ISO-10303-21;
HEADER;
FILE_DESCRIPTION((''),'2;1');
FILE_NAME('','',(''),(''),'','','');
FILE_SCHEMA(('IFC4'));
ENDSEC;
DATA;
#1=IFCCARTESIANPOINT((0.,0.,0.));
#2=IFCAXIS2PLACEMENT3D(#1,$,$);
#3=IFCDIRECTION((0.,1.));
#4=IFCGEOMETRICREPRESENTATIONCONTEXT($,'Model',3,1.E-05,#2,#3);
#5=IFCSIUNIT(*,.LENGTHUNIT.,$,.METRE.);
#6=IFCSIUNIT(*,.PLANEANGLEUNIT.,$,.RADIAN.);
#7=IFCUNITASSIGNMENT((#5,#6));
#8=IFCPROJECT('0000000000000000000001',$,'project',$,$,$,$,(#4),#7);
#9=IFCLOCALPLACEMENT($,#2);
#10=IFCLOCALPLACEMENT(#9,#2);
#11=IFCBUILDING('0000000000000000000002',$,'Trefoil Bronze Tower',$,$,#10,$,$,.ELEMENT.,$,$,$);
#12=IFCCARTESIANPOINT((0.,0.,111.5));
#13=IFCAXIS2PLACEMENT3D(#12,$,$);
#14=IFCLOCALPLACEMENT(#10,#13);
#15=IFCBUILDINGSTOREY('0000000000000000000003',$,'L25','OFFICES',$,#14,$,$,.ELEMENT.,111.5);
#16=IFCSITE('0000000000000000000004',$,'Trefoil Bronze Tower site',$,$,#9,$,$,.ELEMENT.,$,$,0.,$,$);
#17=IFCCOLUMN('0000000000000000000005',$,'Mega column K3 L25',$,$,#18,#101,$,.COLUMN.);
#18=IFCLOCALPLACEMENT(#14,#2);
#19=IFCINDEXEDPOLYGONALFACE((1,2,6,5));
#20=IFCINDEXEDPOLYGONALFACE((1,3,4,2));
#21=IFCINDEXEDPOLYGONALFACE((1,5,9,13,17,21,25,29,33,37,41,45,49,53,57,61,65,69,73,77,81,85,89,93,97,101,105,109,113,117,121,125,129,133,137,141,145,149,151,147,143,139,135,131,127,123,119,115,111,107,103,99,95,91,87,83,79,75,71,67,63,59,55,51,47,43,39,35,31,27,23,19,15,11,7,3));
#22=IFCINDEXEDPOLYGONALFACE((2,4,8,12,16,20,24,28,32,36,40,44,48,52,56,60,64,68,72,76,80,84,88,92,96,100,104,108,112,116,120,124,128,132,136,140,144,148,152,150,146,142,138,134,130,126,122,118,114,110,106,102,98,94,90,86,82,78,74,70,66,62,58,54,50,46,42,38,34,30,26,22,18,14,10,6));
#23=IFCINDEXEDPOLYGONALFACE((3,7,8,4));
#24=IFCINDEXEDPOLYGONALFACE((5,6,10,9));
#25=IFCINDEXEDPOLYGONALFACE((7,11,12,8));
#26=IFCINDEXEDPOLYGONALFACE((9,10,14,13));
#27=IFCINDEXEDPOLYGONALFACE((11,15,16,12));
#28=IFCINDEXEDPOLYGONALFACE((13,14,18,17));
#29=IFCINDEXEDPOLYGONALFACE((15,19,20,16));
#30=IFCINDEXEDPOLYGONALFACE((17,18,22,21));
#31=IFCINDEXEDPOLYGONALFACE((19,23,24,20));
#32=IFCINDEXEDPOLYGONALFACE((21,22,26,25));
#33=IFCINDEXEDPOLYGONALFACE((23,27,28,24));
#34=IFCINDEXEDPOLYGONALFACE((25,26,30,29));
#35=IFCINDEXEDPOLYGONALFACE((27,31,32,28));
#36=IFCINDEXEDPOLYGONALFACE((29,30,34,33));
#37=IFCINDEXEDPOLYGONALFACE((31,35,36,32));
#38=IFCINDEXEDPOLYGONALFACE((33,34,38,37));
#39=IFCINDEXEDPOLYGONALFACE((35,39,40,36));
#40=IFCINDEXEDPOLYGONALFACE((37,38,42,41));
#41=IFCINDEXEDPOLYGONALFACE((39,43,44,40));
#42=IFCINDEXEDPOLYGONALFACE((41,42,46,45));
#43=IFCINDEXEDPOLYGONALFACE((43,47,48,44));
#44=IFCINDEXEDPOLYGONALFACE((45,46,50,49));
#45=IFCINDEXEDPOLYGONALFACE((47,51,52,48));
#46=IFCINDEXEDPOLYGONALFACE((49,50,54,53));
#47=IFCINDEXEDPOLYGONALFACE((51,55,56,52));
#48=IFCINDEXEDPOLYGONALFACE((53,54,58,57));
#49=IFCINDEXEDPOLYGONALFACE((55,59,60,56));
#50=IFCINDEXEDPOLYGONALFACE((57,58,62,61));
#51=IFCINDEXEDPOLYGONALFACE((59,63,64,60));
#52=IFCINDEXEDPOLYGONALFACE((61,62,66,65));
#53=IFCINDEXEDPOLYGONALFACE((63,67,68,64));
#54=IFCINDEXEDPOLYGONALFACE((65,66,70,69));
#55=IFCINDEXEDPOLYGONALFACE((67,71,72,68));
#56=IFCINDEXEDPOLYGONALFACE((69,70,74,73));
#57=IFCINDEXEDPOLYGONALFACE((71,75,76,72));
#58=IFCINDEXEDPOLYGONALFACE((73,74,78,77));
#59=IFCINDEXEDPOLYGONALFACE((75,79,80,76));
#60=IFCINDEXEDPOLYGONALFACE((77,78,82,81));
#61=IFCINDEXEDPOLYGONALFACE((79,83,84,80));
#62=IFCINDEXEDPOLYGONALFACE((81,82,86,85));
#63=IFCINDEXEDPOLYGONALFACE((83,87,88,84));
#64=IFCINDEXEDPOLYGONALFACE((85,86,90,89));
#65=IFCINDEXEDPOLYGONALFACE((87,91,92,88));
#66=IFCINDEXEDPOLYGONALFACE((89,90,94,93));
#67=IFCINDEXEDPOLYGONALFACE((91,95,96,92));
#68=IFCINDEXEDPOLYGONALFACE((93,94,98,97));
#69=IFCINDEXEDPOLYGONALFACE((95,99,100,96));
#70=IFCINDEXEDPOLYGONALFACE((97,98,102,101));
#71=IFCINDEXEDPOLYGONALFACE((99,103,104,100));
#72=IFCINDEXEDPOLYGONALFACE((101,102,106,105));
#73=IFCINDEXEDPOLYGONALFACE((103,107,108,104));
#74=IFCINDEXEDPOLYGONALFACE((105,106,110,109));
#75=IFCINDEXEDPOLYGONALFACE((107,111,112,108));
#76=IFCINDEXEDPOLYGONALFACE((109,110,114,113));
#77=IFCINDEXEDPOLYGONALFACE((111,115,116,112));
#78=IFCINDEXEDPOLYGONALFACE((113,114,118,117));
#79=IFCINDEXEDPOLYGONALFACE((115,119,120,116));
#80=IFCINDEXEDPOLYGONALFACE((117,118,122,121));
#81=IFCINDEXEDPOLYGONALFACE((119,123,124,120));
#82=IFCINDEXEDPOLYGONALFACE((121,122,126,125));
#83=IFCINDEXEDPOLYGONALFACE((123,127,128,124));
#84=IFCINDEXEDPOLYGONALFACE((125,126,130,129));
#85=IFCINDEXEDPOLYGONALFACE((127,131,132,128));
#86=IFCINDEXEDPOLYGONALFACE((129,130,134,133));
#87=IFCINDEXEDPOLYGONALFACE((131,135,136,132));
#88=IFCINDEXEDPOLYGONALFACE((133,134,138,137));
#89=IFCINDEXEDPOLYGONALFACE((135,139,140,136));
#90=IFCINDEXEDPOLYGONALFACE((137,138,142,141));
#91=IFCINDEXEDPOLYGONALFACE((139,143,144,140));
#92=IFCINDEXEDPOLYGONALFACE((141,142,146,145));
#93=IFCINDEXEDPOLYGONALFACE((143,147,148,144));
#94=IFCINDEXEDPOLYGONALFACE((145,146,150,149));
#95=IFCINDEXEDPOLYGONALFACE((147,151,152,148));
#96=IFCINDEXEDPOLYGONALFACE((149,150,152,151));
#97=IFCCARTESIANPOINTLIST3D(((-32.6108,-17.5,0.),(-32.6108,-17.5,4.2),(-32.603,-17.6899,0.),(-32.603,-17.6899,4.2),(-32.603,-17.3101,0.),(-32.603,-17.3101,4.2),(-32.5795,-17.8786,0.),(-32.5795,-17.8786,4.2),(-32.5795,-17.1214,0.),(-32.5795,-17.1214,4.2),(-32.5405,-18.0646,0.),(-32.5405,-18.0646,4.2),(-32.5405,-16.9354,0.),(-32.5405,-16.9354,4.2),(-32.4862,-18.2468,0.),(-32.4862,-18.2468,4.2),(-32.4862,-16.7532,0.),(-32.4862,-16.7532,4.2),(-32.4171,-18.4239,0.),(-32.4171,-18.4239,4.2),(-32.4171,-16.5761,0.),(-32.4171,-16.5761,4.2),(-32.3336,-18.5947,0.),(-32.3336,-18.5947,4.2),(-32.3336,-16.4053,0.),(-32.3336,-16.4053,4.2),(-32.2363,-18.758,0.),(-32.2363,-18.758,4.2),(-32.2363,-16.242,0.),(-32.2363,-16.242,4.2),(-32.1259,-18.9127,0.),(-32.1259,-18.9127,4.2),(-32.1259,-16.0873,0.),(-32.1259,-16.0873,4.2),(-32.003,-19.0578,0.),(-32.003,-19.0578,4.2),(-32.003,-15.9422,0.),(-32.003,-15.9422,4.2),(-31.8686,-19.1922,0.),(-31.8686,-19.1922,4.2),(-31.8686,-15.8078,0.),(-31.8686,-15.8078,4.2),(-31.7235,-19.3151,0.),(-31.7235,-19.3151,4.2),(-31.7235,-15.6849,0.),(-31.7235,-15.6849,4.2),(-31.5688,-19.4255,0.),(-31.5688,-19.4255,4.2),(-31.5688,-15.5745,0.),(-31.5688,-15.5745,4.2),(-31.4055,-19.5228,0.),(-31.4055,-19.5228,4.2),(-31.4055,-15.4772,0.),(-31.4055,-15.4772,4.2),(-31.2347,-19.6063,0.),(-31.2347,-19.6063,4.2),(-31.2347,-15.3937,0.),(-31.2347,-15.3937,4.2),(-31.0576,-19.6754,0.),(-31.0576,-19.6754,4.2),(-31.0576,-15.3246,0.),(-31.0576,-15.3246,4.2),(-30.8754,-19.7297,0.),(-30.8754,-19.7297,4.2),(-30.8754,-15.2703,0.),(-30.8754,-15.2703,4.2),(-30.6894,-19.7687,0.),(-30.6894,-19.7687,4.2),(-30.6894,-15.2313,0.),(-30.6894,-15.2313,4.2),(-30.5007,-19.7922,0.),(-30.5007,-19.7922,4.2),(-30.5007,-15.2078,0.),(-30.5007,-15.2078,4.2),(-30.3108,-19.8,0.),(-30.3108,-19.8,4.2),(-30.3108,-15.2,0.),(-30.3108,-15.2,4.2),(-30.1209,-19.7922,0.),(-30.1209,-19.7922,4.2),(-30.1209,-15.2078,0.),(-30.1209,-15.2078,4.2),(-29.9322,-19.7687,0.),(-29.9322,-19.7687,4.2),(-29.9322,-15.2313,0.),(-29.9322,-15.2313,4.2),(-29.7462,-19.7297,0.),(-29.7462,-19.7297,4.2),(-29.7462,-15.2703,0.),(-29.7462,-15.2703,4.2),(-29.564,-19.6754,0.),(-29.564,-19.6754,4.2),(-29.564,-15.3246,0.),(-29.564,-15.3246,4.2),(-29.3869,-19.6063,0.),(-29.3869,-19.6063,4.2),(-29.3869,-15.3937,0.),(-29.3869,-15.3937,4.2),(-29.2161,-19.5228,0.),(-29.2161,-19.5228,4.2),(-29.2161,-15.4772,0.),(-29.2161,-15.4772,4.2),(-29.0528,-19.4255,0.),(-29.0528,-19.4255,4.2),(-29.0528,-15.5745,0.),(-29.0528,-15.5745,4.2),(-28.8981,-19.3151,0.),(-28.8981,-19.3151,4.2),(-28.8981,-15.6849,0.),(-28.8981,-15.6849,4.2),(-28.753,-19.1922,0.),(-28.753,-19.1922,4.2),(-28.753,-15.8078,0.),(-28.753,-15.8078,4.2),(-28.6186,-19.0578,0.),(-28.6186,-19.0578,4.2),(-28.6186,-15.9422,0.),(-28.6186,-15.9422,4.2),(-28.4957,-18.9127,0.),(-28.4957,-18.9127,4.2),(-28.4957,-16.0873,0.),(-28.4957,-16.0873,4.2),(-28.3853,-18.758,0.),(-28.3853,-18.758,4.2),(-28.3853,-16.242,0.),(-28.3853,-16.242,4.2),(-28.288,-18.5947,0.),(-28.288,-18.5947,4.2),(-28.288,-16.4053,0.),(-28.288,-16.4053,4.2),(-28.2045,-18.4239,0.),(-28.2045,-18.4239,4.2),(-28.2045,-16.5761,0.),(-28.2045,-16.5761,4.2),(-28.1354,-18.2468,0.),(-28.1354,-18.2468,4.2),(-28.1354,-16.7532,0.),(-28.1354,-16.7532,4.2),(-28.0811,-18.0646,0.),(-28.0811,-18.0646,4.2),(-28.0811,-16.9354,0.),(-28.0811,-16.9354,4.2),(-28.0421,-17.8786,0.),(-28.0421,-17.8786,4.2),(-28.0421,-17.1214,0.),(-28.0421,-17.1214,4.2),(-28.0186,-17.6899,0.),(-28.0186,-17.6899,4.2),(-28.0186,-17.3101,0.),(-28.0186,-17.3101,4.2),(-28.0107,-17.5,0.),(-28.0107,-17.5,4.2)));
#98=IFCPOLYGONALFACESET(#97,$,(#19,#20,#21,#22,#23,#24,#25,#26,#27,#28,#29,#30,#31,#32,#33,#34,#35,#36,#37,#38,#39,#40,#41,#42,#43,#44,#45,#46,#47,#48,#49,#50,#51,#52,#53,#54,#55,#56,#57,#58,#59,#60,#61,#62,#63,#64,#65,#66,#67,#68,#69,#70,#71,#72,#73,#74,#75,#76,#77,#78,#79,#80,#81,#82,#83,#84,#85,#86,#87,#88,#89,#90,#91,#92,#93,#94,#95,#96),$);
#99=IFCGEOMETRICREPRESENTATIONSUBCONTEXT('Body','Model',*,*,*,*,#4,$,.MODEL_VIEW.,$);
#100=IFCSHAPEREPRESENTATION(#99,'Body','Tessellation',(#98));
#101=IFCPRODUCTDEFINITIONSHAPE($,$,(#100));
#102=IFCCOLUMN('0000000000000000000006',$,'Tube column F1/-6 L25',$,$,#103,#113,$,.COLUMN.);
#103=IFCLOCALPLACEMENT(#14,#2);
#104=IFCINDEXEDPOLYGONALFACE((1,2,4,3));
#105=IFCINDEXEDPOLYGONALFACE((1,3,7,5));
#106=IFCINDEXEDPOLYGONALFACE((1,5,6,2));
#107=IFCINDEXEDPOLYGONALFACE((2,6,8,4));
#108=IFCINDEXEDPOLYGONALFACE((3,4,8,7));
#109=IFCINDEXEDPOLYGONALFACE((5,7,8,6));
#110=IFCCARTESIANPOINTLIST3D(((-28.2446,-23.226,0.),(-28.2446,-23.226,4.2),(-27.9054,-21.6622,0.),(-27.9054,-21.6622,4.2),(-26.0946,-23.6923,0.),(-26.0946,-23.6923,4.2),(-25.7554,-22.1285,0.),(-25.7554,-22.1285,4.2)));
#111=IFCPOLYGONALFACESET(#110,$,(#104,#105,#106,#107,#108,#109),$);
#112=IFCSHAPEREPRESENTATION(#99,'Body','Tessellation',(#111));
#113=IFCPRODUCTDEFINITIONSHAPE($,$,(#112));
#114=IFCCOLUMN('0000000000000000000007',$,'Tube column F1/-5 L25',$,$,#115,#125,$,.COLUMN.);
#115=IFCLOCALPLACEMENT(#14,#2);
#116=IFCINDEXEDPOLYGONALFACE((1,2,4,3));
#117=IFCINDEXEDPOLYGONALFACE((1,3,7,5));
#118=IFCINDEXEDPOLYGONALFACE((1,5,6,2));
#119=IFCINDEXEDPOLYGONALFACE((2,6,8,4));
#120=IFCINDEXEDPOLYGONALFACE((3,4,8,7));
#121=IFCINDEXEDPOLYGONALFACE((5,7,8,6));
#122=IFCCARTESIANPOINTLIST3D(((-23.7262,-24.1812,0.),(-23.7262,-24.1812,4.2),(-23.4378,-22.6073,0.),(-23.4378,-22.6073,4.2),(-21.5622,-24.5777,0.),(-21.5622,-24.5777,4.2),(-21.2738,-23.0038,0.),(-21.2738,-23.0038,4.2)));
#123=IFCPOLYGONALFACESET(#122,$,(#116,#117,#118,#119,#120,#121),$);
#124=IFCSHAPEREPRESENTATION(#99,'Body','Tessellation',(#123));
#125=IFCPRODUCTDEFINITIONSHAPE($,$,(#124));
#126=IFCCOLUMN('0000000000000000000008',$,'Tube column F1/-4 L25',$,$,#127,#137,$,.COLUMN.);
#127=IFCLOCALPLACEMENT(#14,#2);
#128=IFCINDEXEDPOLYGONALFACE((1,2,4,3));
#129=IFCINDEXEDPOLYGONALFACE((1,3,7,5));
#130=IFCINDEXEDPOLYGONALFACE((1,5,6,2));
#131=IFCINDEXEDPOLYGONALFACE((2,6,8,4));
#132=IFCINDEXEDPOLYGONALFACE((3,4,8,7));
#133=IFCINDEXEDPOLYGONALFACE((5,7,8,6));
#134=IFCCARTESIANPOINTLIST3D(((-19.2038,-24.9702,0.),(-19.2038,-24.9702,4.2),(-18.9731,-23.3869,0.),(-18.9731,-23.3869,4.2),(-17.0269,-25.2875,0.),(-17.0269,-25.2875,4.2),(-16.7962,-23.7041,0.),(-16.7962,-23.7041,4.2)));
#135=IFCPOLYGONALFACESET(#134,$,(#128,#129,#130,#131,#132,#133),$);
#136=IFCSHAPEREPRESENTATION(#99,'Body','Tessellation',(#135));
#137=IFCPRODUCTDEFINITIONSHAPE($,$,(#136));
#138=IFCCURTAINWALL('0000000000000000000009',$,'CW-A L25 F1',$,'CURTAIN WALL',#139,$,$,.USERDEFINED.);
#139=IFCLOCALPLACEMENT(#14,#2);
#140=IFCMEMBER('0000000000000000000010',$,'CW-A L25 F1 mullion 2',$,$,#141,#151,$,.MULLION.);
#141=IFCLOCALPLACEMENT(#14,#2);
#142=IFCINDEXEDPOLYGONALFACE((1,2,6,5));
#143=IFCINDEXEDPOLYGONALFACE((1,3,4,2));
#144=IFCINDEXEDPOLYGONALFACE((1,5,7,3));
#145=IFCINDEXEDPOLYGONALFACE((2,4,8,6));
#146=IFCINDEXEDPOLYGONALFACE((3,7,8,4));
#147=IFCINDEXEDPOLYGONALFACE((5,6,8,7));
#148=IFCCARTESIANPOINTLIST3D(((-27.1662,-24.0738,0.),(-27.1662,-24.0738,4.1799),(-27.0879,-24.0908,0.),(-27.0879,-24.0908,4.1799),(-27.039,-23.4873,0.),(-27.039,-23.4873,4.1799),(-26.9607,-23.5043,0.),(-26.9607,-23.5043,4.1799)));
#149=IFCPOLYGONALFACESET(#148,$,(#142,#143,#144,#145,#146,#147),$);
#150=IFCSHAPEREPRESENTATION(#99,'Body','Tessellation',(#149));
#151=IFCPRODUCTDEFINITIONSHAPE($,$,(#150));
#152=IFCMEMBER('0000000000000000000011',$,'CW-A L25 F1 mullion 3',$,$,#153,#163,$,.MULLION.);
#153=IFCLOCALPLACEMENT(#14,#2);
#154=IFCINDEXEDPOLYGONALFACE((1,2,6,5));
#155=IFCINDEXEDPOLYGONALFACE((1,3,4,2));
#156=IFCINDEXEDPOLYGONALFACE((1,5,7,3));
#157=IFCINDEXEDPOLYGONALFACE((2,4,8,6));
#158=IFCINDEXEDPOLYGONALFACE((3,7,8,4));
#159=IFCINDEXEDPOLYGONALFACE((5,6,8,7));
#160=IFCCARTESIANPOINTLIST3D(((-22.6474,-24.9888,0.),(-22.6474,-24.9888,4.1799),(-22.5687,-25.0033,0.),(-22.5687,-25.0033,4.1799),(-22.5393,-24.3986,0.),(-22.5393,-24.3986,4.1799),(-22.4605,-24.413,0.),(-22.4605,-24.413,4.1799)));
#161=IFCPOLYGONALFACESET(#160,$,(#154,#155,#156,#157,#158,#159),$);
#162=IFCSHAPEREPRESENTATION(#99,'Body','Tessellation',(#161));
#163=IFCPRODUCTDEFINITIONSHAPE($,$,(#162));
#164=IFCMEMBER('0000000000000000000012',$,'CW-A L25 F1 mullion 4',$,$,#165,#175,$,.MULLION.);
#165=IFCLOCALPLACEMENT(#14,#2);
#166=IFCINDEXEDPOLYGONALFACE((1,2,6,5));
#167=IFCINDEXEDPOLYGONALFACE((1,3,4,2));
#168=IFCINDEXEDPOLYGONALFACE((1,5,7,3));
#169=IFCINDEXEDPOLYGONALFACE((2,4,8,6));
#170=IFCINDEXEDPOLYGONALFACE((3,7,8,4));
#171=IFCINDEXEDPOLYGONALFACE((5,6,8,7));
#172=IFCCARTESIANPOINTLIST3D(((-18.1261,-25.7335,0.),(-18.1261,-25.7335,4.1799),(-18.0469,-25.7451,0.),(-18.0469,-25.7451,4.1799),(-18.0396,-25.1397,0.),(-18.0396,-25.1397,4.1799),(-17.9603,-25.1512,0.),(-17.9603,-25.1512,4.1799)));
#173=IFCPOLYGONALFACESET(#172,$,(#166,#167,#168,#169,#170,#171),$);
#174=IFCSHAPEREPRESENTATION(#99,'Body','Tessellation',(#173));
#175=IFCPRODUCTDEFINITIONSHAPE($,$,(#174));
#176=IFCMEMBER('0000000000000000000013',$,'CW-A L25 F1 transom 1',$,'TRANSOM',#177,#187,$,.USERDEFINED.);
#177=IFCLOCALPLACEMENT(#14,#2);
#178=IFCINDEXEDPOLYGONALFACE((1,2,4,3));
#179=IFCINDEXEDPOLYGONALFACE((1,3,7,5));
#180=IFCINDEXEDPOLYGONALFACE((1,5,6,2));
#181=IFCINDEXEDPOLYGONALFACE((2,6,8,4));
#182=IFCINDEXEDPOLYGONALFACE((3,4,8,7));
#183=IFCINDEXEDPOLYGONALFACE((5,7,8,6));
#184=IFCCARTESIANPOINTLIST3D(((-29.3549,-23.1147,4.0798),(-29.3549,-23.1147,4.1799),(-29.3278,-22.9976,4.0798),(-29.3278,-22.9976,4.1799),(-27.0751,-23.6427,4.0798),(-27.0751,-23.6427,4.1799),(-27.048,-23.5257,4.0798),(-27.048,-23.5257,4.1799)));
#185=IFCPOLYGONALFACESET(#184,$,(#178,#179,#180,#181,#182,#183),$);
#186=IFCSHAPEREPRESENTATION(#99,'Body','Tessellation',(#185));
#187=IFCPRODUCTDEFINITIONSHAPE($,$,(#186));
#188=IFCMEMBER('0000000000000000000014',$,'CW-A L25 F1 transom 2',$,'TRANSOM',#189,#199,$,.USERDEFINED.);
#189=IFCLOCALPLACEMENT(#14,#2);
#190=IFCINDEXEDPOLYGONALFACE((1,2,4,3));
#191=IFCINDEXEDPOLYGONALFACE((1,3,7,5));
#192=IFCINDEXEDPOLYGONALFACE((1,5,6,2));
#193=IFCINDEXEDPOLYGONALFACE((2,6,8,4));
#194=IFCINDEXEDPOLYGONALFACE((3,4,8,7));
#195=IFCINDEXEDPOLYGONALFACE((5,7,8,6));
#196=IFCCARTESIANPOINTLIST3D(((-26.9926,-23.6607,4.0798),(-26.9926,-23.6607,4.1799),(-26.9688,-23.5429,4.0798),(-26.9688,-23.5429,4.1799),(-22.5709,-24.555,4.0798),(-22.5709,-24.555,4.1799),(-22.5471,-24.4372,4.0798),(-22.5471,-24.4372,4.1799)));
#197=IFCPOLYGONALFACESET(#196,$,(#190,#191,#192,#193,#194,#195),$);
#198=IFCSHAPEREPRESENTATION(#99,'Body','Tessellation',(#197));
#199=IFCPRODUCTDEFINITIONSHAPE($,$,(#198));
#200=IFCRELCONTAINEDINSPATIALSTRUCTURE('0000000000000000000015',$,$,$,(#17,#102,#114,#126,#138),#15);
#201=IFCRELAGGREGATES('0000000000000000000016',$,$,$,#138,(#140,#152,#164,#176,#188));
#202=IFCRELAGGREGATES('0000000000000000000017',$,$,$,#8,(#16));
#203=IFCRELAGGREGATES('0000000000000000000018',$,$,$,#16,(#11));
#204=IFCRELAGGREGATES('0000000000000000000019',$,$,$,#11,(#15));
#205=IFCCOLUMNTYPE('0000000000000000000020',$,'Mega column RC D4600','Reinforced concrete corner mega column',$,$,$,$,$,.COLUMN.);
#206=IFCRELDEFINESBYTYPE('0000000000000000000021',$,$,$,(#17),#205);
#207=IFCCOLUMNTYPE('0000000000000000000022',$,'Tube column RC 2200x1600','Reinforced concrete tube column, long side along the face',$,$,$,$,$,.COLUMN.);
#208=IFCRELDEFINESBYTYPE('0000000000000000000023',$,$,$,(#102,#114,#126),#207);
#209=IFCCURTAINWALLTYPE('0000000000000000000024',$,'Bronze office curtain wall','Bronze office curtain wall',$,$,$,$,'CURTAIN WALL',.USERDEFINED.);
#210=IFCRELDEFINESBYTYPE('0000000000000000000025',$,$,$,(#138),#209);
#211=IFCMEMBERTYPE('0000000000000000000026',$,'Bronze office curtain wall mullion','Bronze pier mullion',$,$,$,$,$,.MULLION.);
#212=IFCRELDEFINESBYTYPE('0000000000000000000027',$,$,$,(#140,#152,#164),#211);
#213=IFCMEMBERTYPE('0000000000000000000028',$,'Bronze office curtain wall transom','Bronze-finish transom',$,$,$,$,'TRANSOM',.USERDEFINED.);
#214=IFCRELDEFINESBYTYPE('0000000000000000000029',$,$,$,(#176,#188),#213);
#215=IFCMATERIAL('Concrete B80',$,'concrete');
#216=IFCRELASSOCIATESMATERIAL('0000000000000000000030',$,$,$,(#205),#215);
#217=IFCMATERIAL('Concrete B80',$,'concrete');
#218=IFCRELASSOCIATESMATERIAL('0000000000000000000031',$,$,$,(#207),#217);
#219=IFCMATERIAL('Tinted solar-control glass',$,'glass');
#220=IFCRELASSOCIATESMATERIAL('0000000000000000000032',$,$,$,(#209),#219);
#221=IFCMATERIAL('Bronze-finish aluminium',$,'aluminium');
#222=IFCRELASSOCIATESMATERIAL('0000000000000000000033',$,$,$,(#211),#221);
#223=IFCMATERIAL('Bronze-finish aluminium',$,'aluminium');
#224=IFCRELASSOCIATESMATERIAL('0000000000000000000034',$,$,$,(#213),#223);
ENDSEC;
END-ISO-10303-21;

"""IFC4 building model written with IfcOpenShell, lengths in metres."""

from ifc_helpers import new_model, si_unit, direction, frame, origin, origin_2d, place, context, subcontext, project, spatial, rectangle, circle, extrude, material, material_profile, profile_set, type_object, element, aggregate, save


model = new_model("IFC4")

# Units and contexts
model_context = context("Model", 3, precision=1e-05, world=origin(), true_north=direction((0.0, 1.0)))
body_context = subcontext(model_context, "Body", "Model", "MODEL_VIEW")
ifc_project = project(units=[si_unit("LENGTHUNIT", "METRE"), si_unit("PLANEANGLEUNIT", "RADIAN")], contexts=[model_context])

# Site, building, storey
site_placement = place(None, origin())
site = spatial("IfcSite", under=ifc_project, at=site_placement, Name="Trefoil Bronze Tower site", CompositionType="ELEMENT", RefElevation=0.0)
building_placement = place(site_placement, origin())
building = spatial("IfcBuilding", under=site, at=building_placement, Name="Trefoil Bronze Tower", CompositionType="ELEMENT")
storey_placement = place(building_placement, frame((0.0, 0.0, 111.5)))
storey = spatial("IfcBuildingStorey", under=building, at=storey_placement, Name="L25", Description="OFFICES", CompositionType="ELEMENT", Elevation=111.5)

# Columns
ifc_material_1 = material(Name="Concrete B80", Category="concrete")
ifc_material_profile_1 = material_profile(ifc_material_1, circle(Radius=2.3, at=origin_2d()), Name="RC D4600")
ifc_profile_set_1 = profile_set([ifc_material_profile_1], Name="Concrete B80")
column_type_1 = type_object("IfcColumnType", Name="Mega column RC D4600", Description="Reinforced concrete corner mega column", PredefinedType="COLUMN", material=ifc_profile_set_1)
column_placement = place(storey_placement, frame((-30.3108, -17.5, 0.0), z_axis=(0.0, 0.0, 1.0), x_axis=(1.0, 0.0, 0.0)))
element("IfcColumn", 1, at=column_placement, inside=storey, type_object=column_type_1, Name="Mega column K3 L25", PredefinedType="COLUMN", context=body_context, shape_type="SweptSolid", body=[
    extrude(circle(Radius=2.3, at=origin_2d()), origin(), (0.0, 0.0, 1.0), 4.2),
])
ifc_material_2 = material(Name="Concrete B80", Category="concrete")
ifc_material_profile_2 = material_profile(ifc_material_2, rectangle(XDim=2.2, YDim=1.6001, at=origin_2d()), Name="RC 2200x1600")
ifc_profile_set_2 = profile_set([ifc_material_profile_2], Name="Concrete B80")
column_type_2 = type_object("IfcColumnType", Name="Tube column RC 2200x1600", Description="Reinforced concrete tube column, long side along the face", PredefinedType="COLUMN", material=ifc_profile_set_2)
for number, where, z_axis, x_axis, name in (
    (2, (-27.0, -22.6772, 0.0), (0.0, 0.0, 1.0), (0.977276, -0.21197, 0.0), "Tube column F1/-6 L25"),
    (3, (-22.5, -23.5925, 0.0), (0.0, 0.0, 1.0), (0.983623, -0.180241, 0.0), "Tube column F1/-5 L25"),
    (4, (-18.0, -24.3372, 0.0), (0.0, 0.0, 1.0), (0.98955, -0.144192, 0.0), "Tube column F1/-4 L25"),
):
    element("IfcColumn", number, at=place(storey_placement, frame(where, z_axis=z_axis, x_axis=x_axis)), inside=storey, type_object=column_type_2, Name=name, PredefinedType="COLUMN", context=body_context, shape_type="SweptSolid", body=[
        extrude(rectangle(XDim=2.2, YDim=1.6001, at=origin_2d()), origin(), (0.0, 0.0, 1.0), 4.2),
    ])

# Curtain wall, members
ifc_material_3 = material(Name="Tinted solar-control glass", Category="glass")
curtain_wall_type_1 = type_object("IfcCurtainWallType", Name="Bronze office curtain wall", Description="Bronze office curtain wall", ElementType="CURTAIN WALL", PredefinedType="USERDEFINED", material=ifc_material_3)
curtain_wall_1_placement = place(storey_placement, origin())
curtain_wall_1 = element("IfcCurtainWall", 5, at=curtain_wall_1_placement, inside=storey, type_object=curtain_wall_type_1, Name="CW-A L25 F1", ObjectType="CURTAIN WALL", PredefinedType="USERDEFINED")
ifc_material_4 = material(Name="Bronze-finish aluminium", Category="aluminium")
ifc_material_profile_3 = material_profile(ifc_material_4, rectangle(XDim=0.6001, YDim=0.0801, at=origin_2d()), Name="CW-A mullion")
ifc_profile_set_3 = profile_set([ifc_material_profile_3], Name="Bronze-finish aluminium")
member_type_1 = type_object("IfcMemberType", Name="Bronze office curtain wall mullion", Description="Bronze pier mullion", PredefinedType="MULLION", material=ifc_profile_set_3)
member_1_placement = place(storey_placement, frame((-27.0635, -23.7891, 0.0), z_axis=(0.0, 0.0, 1.0), x_axis=(0.21197, 0.977276, 0.0)))
member_1 = element("IfcMember", 6, at=member_1_placement, type_object=member_type_1, Name="CW-A L25 F1 mullion 2", PredefinedType="MULLION", context=body_context, shape_type="SweptSolid", body=[
    extrude(rectangle(XDim=0.6001, YDim=0.0801, at=origin_2d()), origin(), (0.0, 0.0, 1.0), 4.1799),
])
member_2_placement = place(storey_placement, frame((-22.554, -24.7009, 0.0), z_axis=(0.0, 0.0, 1.0), x_axis=(0.180241, 0.983623, 0.0)))
member_2 = element("IfcMember", 7, at=member_2_placement, type_object=member_type_1, Name="CW-A L25 F1 mullion 3", PredefinedType="MULLION", context=body_context, shape_type="SweptSolid", body=[
    extrude(rectangle(XDim=0.6001, YDim=0.0801, at=origin_2d()), origin(), (0.0, 0.0, 1.0), 4.1799),
])
member_3_placement = place(storey_placement, frame((-18.0432, -25.4424, 0.0), z_axis=(0.0, 0.0, 1.0), x_axis=(0.144192, 0.98955, 0.0)))
member_3 = element("IfcMember", 8, at=member_3_placement, type_object=member_type_1, Name="CW-A L25 F1 mullion 4", PredefinedType="MULLION", context=body_context, shape_type="SweptSolid", body=[
    extrude(rectangle(XDim=0.6001, YDim=0.0801, at=origin_2d()), origin(), (0.0, 0.0, 1.0), 4.1799),
])
ifc_material_5 = material(Name="Bronze-finish aluminium", Category="aluminium")
ifc_material_profile_4 = material_profile(ifc_material_5, rectangle(XDim=0.1201, YDim=0.1001, at=origin_2d()), Name="CW-A transom")
ifc_profile_set_4 = profile_set([ifc_material_profile_4], Name="Bronze-finish aluminium")
member_type_2 = type_object("IfcMemberType", Name="Bronze office curtain wall transom", Description="Bronze-finish transom", ElementType="TRANSOM", PredefinedType="USERDEFINED", material=ifc_profile_set_4)
member_4_placement = place(storey_placement, frame((-29.3413, -23.0562, 4.1299), z_axis=(0.974206, -0.225659, 0.0), x_axis=(0.225659, 0.974206, 0.0)))
member_4 = element("IfcMember", 9, at=member_4_placement, type_object=member_type_2, Name="CW-A L25 F1 transom 1", ObjectType="TRANSOM", PredefinedType="USERDEFINED", context=body_context, shape_type="SweptSolid", body=[
    extrude(rectangle(XDim=0.1201, YDim=0.1001, at=origin_2d()), origin(), (0.0, 0.0, 1.0), 2.3401),
])
member_5_placement = place(storey_placement, frame((-26.9807, -23.6018, 4.1299), z_axis=(0.980154, -0.198239, 0.0), x_axis=(0.198239, 0.980154, 0.0)))
member_5 = element("IfcMember", 10, at=member_5_placement, type_object=member_type_2, Name="CW-A L25 F1 transom 2", ObjectType="TRANSOM", PredefinedType="USERDEFINED", context=body_context, shape_type="SweptSolid", body=[
    extrude(rectangle(XDim=0.1201, YDim=0.1001, at=origin_2d()), origin(), (0.0, 0.0, 1.0), 4.5112),
])

aggregate(curtain_wall_1, [member_1, member_2, member_3, member_4, member_5])

save(model, "model.ifc")
